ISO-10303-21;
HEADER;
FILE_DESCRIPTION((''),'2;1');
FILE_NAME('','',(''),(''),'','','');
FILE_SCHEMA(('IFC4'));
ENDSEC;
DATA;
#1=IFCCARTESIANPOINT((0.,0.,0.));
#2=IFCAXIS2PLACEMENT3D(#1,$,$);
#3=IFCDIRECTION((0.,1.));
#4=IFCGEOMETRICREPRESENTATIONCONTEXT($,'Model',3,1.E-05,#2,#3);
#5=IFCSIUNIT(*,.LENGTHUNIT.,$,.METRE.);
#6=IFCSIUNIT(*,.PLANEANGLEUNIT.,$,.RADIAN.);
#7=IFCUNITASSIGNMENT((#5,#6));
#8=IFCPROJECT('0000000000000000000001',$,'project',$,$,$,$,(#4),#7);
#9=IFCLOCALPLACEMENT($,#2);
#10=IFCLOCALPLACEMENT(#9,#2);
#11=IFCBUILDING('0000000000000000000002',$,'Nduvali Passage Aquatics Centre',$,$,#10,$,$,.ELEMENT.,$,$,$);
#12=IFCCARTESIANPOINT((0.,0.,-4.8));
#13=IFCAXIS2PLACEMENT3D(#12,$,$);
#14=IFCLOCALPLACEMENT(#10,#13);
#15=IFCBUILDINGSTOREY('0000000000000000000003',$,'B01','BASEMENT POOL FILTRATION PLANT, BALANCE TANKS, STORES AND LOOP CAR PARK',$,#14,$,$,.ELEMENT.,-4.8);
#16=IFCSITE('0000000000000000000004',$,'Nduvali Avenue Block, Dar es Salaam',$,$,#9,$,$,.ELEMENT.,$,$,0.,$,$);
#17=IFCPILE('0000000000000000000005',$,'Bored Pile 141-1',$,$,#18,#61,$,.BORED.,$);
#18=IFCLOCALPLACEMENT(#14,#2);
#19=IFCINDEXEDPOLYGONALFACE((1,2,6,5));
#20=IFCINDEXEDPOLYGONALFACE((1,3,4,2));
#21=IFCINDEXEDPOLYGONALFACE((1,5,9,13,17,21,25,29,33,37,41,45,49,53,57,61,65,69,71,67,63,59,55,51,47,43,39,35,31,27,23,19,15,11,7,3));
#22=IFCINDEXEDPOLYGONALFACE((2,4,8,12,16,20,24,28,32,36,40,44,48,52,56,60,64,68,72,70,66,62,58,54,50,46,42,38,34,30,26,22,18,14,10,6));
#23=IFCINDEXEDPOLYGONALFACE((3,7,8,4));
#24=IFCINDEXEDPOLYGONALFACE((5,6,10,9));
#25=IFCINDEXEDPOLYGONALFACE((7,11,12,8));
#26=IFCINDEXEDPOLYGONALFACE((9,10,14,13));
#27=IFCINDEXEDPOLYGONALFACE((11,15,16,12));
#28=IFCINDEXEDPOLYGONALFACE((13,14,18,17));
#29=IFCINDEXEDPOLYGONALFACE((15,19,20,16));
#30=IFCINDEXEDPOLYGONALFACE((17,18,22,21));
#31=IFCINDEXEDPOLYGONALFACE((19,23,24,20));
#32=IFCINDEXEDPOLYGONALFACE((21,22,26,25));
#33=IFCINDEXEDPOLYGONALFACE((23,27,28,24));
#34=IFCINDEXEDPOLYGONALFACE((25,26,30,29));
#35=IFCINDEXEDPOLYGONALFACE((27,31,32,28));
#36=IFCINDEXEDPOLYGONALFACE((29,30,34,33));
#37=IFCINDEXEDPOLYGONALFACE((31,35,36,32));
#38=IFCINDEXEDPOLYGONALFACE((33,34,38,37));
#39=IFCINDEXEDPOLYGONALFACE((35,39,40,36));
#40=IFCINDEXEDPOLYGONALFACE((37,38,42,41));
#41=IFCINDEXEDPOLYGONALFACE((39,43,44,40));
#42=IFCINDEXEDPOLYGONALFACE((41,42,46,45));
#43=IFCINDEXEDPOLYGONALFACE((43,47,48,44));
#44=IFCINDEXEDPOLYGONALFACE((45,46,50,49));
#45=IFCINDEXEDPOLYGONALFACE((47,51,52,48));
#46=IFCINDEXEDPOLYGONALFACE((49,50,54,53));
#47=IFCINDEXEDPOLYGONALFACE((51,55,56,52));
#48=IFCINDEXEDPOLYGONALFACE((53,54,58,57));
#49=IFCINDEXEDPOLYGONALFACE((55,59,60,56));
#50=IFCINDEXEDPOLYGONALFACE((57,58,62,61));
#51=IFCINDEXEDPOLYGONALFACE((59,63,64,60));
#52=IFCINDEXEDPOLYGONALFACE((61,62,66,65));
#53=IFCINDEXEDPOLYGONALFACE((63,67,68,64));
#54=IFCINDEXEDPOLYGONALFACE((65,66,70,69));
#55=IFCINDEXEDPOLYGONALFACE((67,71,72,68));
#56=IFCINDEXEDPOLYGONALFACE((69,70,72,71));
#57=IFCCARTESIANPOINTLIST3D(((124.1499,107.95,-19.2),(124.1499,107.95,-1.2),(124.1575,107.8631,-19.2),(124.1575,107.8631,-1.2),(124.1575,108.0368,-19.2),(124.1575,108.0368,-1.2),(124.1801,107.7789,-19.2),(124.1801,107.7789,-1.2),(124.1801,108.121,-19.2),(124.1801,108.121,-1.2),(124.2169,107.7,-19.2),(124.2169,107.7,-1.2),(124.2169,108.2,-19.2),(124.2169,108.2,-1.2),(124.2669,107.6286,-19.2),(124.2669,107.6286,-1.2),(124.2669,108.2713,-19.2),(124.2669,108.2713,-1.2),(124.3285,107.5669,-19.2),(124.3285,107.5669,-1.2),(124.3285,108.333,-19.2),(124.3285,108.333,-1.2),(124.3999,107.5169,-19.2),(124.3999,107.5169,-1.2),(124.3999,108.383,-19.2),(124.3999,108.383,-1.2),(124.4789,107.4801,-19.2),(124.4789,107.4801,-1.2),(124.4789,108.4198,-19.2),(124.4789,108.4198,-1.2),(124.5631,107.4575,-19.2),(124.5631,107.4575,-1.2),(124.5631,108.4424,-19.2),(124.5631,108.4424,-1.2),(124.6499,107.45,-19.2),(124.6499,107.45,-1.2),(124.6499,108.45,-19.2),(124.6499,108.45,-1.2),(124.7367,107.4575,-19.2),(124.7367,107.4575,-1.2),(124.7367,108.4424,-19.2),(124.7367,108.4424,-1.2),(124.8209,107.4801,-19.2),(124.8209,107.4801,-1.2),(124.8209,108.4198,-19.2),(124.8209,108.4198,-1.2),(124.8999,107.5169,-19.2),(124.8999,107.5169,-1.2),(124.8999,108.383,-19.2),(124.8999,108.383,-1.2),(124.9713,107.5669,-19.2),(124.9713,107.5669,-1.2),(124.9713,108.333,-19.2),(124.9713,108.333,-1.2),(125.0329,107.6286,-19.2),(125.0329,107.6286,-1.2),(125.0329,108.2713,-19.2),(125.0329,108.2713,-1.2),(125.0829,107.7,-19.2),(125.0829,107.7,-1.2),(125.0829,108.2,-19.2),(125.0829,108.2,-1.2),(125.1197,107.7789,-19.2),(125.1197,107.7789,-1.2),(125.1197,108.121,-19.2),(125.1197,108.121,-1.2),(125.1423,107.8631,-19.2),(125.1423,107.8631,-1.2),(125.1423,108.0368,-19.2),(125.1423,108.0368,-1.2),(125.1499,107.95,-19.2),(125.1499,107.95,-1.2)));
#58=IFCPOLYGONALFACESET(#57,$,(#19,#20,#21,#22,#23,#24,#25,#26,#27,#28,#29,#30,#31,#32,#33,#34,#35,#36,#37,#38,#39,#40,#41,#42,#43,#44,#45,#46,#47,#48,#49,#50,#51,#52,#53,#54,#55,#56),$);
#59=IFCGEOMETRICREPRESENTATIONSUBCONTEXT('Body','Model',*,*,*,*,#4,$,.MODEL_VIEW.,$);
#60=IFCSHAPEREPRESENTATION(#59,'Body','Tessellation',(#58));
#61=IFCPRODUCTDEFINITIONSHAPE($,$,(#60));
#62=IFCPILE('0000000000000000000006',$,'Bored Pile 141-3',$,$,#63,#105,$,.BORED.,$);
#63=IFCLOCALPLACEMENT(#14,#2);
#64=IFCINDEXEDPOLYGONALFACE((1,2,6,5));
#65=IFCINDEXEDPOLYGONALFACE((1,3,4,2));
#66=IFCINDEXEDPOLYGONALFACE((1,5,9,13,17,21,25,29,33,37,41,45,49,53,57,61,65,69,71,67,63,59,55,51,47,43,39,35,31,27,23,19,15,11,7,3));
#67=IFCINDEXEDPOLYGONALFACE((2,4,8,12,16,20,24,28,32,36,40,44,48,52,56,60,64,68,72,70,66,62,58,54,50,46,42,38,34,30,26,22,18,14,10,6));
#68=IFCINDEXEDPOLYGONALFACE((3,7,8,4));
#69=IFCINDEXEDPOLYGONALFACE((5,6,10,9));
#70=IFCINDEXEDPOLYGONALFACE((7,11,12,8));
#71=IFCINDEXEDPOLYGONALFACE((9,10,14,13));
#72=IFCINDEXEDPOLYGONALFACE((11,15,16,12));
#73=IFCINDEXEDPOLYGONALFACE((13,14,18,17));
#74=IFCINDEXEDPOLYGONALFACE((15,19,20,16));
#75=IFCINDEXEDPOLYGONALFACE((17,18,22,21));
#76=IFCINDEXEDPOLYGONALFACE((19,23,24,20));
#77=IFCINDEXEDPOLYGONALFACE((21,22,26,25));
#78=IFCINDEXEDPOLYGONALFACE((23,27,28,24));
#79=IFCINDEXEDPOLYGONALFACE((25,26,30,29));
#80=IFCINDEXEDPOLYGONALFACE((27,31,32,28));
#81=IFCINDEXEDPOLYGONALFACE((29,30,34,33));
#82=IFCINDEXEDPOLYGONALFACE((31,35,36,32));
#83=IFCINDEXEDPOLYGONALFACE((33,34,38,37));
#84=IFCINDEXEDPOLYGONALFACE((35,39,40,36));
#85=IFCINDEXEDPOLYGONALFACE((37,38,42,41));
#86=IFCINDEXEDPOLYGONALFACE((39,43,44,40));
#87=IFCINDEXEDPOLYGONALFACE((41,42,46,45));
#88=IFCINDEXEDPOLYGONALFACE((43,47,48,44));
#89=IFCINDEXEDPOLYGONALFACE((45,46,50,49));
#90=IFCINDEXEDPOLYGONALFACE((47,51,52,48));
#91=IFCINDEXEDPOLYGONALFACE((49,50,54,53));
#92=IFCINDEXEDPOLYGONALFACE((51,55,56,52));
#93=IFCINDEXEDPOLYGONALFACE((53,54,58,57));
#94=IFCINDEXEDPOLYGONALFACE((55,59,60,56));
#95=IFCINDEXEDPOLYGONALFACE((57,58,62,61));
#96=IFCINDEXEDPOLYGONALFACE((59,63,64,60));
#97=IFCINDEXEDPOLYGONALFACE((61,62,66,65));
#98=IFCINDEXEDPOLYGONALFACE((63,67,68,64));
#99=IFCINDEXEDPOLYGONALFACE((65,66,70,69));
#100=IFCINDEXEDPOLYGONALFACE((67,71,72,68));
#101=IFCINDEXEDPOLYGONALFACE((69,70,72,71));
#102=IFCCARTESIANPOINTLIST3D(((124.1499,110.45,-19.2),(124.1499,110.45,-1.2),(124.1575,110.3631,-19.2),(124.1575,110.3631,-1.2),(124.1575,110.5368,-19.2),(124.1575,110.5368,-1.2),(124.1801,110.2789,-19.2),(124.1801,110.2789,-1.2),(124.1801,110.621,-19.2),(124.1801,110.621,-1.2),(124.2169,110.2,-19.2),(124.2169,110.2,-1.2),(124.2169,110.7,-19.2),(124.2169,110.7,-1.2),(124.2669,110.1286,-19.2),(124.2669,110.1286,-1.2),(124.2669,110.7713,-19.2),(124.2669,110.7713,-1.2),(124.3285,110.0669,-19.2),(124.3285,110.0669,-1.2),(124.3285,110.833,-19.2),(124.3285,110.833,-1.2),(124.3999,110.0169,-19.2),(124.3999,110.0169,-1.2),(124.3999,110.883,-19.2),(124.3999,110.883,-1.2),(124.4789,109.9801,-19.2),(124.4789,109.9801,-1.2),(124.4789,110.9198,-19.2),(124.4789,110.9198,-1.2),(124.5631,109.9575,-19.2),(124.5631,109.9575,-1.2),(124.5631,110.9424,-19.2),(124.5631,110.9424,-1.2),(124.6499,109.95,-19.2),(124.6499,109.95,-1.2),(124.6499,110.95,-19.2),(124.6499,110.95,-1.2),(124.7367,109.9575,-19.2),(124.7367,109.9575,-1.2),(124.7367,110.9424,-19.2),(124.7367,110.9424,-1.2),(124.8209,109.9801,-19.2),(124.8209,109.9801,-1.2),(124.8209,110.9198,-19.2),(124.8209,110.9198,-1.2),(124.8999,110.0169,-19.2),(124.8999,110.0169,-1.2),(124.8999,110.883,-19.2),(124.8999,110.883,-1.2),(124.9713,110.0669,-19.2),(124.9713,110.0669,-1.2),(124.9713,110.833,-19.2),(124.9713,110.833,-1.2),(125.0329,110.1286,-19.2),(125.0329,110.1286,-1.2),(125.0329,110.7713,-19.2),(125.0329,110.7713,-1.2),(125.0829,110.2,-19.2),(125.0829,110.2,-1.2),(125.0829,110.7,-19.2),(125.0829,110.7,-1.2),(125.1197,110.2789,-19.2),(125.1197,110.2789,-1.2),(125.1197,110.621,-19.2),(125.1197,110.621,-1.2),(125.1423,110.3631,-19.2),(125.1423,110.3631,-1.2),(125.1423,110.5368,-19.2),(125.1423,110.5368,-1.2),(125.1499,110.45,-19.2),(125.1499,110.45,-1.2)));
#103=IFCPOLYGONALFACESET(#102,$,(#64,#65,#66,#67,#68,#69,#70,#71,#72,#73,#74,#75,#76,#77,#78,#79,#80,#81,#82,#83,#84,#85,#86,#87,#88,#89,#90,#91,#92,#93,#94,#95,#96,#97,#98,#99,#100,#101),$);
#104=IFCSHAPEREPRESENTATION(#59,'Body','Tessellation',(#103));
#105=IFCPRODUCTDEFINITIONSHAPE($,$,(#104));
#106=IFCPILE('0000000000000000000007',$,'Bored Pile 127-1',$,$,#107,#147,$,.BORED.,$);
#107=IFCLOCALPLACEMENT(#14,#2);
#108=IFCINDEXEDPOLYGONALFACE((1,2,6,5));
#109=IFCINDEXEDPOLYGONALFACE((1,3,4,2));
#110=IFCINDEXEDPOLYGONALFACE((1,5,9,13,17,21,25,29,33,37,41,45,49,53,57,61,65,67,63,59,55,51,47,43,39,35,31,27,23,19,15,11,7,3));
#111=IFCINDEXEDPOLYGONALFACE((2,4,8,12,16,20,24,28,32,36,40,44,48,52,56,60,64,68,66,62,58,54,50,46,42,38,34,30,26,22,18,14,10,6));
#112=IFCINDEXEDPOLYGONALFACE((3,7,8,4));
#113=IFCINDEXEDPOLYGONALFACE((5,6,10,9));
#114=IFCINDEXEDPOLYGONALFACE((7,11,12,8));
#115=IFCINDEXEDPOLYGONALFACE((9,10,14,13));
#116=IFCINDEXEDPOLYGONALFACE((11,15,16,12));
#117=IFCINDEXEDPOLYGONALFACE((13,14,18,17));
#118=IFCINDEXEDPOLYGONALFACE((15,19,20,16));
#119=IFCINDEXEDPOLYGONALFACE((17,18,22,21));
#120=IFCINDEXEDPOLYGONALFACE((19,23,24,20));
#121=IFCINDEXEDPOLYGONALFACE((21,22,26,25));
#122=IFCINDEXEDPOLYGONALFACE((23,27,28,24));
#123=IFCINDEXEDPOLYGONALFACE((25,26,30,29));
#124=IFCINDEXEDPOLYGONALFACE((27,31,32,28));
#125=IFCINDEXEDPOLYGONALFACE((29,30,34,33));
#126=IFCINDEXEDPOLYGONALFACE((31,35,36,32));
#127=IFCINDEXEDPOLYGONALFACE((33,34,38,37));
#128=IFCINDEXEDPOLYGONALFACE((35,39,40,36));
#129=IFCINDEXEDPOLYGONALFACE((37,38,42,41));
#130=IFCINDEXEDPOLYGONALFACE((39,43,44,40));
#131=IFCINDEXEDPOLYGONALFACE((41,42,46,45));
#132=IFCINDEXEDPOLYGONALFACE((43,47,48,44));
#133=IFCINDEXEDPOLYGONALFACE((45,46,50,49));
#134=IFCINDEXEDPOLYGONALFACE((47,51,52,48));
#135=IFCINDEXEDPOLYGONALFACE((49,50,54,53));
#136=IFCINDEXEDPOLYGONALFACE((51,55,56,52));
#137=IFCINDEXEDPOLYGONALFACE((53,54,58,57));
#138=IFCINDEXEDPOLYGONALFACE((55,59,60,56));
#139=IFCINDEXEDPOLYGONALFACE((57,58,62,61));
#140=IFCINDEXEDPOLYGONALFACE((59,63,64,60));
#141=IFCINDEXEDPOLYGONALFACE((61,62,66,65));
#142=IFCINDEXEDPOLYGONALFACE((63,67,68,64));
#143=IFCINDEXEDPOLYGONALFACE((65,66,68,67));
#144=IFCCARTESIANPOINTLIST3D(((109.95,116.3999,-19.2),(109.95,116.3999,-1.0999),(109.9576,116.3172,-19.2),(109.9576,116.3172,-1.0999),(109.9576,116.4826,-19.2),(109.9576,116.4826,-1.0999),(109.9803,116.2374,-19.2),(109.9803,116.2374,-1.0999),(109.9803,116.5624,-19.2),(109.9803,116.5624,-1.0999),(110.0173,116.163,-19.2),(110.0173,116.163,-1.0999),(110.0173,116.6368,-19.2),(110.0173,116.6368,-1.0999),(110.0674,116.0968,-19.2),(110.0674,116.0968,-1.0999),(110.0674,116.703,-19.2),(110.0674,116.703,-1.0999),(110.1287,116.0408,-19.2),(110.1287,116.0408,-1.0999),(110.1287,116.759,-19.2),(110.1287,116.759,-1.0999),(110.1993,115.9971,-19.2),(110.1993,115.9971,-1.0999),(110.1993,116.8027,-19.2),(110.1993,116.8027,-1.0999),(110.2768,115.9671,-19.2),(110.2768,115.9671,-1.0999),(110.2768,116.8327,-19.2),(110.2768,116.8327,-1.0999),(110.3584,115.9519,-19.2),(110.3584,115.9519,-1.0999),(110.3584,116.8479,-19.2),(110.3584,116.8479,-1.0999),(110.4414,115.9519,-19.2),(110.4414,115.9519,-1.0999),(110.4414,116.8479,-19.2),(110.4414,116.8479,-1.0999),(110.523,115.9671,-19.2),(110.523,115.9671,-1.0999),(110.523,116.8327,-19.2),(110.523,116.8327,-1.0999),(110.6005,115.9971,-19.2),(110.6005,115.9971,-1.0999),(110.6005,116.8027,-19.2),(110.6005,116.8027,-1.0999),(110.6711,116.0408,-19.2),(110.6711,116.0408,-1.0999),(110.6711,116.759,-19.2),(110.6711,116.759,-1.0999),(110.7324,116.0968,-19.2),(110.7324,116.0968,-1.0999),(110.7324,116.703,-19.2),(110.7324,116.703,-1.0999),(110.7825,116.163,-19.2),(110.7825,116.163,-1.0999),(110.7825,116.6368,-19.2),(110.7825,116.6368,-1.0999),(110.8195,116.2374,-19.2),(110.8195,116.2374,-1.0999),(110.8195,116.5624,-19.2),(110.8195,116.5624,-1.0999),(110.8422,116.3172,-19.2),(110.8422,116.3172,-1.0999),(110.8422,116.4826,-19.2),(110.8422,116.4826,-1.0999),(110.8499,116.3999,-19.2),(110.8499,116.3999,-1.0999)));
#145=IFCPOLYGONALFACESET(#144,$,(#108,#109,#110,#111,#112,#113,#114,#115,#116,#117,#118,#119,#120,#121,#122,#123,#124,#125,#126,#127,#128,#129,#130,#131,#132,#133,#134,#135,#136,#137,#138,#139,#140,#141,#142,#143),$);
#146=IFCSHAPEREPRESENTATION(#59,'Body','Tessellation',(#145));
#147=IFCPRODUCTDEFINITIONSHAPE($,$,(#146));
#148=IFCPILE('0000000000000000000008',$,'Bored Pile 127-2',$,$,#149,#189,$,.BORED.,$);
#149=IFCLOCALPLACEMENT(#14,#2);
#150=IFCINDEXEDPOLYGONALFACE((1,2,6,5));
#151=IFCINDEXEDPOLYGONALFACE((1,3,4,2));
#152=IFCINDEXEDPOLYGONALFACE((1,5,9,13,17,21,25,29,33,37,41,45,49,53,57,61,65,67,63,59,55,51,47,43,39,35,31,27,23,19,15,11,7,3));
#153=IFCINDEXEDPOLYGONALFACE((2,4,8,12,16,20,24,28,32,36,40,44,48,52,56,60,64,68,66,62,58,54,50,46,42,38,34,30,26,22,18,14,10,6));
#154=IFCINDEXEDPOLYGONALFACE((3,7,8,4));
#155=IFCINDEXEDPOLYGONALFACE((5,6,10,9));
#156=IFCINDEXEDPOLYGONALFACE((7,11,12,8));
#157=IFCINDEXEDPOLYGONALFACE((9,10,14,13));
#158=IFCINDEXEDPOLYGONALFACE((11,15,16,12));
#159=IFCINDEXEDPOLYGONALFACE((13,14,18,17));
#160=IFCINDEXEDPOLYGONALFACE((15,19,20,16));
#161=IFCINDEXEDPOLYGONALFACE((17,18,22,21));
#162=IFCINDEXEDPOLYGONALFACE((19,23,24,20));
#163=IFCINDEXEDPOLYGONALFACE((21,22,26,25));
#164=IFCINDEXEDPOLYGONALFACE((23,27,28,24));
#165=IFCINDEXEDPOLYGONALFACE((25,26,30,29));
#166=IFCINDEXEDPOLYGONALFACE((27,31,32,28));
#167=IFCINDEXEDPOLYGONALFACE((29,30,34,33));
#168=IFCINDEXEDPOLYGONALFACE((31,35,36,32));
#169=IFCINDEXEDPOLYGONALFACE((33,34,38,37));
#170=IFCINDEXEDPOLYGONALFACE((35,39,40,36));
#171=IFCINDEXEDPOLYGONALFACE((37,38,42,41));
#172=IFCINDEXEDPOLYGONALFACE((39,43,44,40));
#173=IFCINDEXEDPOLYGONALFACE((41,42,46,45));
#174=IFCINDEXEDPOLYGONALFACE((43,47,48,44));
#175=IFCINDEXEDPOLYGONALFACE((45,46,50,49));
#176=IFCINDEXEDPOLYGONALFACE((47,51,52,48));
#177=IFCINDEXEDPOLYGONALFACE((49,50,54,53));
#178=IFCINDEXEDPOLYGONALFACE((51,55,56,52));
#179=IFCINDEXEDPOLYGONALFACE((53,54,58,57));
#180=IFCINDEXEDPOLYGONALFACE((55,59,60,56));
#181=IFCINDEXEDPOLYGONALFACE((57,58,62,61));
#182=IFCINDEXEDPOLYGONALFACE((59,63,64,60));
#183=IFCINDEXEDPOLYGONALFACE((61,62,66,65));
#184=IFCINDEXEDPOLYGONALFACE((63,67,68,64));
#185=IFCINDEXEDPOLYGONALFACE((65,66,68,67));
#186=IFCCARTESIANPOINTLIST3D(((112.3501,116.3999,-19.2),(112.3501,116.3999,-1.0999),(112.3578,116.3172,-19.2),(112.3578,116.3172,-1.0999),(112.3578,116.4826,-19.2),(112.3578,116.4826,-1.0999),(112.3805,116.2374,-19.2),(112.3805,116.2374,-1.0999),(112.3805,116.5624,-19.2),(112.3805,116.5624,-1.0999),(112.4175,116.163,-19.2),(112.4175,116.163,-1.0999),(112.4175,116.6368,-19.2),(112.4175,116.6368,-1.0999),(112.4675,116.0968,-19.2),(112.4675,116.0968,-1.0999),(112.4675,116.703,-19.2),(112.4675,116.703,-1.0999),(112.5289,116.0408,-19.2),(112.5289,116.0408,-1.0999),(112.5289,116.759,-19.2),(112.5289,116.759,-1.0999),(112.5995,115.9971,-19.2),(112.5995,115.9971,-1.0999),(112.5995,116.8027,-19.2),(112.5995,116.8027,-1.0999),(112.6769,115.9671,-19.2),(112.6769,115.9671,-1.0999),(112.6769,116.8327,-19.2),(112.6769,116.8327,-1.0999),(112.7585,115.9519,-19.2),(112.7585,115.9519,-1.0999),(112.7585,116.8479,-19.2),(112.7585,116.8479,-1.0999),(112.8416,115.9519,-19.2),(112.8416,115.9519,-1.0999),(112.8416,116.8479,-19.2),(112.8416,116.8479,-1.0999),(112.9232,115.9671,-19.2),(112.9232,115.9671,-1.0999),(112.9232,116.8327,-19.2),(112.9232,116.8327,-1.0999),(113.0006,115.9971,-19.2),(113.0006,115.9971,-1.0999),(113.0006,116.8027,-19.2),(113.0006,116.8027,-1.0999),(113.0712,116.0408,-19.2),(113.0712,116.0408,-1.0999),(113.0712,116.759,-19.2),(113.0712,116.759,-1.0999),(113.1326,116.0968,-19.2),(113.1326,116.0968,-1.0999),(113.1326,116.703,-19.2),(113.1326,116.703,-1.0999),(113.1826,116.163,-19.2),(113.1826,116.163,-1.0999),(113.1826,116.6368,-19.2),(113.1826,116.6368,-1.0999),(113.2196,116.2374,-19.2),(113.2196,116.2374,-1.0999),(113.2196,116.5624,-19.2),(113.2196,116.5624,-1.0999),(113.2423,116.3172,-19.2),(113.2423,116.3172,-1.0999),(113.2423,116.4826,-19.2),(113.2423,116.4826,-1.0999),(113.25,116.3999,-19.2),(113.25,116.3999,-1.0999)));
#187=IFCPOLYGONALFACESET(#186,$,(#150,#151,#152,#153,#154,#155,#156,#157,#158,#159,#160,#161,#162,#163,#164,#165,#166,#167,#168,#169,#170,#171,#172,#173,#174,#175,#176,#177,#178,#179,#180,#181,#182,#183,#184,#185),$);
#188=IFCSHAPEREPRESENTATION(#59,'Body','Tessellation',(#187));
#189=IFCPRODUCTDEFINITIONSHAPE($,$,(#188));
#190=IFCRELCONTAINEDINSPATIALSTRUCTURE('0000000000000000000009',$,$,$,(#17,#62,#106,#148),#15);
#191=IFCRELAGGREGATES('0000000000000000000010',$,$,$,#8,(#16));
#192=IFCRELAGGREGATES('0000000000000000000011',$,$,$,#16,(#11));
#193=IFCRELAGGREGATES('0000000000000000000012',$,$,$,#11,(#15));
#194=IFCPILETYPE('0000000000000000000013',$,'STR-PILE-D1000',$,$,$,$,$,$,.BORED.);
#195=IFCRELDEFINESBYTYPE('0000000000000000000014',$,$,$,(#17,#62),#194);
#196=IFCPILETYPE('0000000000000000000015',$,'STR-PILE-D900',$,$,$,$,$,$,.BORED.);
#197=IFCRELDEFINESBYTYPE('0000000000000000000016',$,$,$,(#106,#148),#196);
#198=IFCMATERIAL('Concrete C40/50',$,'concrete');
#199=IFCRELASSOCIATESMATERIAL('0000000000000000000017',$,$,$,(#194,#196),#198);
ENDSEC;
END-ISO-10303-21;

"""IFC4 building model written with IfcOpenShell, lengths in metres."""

from ifc_helpers import new_model, si_unit, direction, frame, origin, origin_2d, place, context, subcontext, project, spatial, circle, extrude, material, material_profile, profile_set, type_object, element, save


model = new_model("IFC4")

# Units and contexts
model_context = context("Model", 3, precision=1e-05, world=origin(), true_north=direction((0.0, 1.0)))
body_context = subcontext(model_context, "Body", "Model", "MODEL_VIEW")
ifc_project = project(units=[si_unit("LENGTHUNIT", "METRE"), si_unit("PLANEANGLEUNIT", "RADIAN")], contexts=[model_context])

# Site, building, storey
site_placement = place(None, origin())
site = spatial("IfcSite", under=ifc_project, at=site_placement, Name="Nduvali Avenue Block, Dar es Salaam", CompositionType="ELEMENT", RefElevation=0.0)
building_placement = place(site_placement, origin())
building = spatial("IfcBuilding", under=site, at=building_placement, Name="Nduvali Passage Aquatics Centre", CompositionType="ELEMENT")
storey_placement = place(building_placement, frame((0.0, 0.0, -4.8)))
storey = spatial("IfcBuildingStorey", under=building, at=storey_placement, Name="B01", Description="BASEMENT POOL FILTRATION PLANT, BALANCE TANKS, STORES AND LOOP CAR PARK", CompositionType="ELEMENT", Elevation=-4.8)

# Shared definitions
ifc_material_1 = material(Name="Concrete C40/50", Category="concrete")

# Piles
ifc_material_profile_1 = material_profile(ifc_material_1, circle(Radius=0.5, at=origin_2d()), Name="PILE D1000")
ifc_profile_set_1 = profile_set([ifc_material_profile_1], Name="Concrete C40/50")
pile_type_1 = type_object("IfcPileType", Name="STR-PILE-D1000", PredefinedType="BORED", material=ifc_profile_set_1)
for number, where, z_axis, x_axis, name in (
    (1, (124.6499, 107.95, -1.2), (0.0, 0.0, -1.0), (1.0, 0.0, 0.0), "Bored Pile 141-1"),
    (2, (124.6499, 110.45, -1.2), (0.0, 0.0, -1.0), (1.0, 0.0, 0.0), "Bored Pile 141-3"),
):
    element("IfcPile", number, at=place(storey_placement, frame(where, z_axis=z_axis, x_axis=x_axis)), inside=storey, type_object=pile_type_1, Name=name, PredefinedType="BORED", context=body_context, shape_type="SweptSolid", body=[
        extrude(circle(Radius=0.5, at=origin_2d()), origin(), (0.0, 0.0, 1.0), 18.0),
    ])
ifc_material_profile_2 = material_profile(ifc_material_1, circle(Radius=0.45, at=origin_2d()), Name="PILE D900")
ifc_profile_set_2 = profile_set([ifc_material_profile_2], Name="Concrete C40/50")
pile_type_2 = type_object("IfcPileType", Name="STR-PILE-D900", PredefinedType="BORED", material=ifc_profile_set_2)
for number, where, z_axis, x_axis, name in (
    (3, (110.3999, 116.3999, -1.0999), (0.0, 0.0, -1.0), (1.0, 0.0, 0.0), "Bored Pile 127-1"),
    (4, (112.8, 116.3999, -1.0999), (0.0, 0.0, -1.0), (1.0, 0.0, 0.0), "Bored Pile 127-2"),
):
    element("IfcPile", number, at=place(storey_placement, frame(where, z_axis=z_axis, x_axis=x_axis)), inside=storey, type_object=pile_type_2, Name=name, PredefinedType="BORED", context=body_context, shape_type="SweptSolid", body=[
        extrude(circle(Radius=0.45, at=origin_2d()), origin(), (0.0, 0.0, 1.0), 18.1001),
    ])

save(model, "model.ifc")
